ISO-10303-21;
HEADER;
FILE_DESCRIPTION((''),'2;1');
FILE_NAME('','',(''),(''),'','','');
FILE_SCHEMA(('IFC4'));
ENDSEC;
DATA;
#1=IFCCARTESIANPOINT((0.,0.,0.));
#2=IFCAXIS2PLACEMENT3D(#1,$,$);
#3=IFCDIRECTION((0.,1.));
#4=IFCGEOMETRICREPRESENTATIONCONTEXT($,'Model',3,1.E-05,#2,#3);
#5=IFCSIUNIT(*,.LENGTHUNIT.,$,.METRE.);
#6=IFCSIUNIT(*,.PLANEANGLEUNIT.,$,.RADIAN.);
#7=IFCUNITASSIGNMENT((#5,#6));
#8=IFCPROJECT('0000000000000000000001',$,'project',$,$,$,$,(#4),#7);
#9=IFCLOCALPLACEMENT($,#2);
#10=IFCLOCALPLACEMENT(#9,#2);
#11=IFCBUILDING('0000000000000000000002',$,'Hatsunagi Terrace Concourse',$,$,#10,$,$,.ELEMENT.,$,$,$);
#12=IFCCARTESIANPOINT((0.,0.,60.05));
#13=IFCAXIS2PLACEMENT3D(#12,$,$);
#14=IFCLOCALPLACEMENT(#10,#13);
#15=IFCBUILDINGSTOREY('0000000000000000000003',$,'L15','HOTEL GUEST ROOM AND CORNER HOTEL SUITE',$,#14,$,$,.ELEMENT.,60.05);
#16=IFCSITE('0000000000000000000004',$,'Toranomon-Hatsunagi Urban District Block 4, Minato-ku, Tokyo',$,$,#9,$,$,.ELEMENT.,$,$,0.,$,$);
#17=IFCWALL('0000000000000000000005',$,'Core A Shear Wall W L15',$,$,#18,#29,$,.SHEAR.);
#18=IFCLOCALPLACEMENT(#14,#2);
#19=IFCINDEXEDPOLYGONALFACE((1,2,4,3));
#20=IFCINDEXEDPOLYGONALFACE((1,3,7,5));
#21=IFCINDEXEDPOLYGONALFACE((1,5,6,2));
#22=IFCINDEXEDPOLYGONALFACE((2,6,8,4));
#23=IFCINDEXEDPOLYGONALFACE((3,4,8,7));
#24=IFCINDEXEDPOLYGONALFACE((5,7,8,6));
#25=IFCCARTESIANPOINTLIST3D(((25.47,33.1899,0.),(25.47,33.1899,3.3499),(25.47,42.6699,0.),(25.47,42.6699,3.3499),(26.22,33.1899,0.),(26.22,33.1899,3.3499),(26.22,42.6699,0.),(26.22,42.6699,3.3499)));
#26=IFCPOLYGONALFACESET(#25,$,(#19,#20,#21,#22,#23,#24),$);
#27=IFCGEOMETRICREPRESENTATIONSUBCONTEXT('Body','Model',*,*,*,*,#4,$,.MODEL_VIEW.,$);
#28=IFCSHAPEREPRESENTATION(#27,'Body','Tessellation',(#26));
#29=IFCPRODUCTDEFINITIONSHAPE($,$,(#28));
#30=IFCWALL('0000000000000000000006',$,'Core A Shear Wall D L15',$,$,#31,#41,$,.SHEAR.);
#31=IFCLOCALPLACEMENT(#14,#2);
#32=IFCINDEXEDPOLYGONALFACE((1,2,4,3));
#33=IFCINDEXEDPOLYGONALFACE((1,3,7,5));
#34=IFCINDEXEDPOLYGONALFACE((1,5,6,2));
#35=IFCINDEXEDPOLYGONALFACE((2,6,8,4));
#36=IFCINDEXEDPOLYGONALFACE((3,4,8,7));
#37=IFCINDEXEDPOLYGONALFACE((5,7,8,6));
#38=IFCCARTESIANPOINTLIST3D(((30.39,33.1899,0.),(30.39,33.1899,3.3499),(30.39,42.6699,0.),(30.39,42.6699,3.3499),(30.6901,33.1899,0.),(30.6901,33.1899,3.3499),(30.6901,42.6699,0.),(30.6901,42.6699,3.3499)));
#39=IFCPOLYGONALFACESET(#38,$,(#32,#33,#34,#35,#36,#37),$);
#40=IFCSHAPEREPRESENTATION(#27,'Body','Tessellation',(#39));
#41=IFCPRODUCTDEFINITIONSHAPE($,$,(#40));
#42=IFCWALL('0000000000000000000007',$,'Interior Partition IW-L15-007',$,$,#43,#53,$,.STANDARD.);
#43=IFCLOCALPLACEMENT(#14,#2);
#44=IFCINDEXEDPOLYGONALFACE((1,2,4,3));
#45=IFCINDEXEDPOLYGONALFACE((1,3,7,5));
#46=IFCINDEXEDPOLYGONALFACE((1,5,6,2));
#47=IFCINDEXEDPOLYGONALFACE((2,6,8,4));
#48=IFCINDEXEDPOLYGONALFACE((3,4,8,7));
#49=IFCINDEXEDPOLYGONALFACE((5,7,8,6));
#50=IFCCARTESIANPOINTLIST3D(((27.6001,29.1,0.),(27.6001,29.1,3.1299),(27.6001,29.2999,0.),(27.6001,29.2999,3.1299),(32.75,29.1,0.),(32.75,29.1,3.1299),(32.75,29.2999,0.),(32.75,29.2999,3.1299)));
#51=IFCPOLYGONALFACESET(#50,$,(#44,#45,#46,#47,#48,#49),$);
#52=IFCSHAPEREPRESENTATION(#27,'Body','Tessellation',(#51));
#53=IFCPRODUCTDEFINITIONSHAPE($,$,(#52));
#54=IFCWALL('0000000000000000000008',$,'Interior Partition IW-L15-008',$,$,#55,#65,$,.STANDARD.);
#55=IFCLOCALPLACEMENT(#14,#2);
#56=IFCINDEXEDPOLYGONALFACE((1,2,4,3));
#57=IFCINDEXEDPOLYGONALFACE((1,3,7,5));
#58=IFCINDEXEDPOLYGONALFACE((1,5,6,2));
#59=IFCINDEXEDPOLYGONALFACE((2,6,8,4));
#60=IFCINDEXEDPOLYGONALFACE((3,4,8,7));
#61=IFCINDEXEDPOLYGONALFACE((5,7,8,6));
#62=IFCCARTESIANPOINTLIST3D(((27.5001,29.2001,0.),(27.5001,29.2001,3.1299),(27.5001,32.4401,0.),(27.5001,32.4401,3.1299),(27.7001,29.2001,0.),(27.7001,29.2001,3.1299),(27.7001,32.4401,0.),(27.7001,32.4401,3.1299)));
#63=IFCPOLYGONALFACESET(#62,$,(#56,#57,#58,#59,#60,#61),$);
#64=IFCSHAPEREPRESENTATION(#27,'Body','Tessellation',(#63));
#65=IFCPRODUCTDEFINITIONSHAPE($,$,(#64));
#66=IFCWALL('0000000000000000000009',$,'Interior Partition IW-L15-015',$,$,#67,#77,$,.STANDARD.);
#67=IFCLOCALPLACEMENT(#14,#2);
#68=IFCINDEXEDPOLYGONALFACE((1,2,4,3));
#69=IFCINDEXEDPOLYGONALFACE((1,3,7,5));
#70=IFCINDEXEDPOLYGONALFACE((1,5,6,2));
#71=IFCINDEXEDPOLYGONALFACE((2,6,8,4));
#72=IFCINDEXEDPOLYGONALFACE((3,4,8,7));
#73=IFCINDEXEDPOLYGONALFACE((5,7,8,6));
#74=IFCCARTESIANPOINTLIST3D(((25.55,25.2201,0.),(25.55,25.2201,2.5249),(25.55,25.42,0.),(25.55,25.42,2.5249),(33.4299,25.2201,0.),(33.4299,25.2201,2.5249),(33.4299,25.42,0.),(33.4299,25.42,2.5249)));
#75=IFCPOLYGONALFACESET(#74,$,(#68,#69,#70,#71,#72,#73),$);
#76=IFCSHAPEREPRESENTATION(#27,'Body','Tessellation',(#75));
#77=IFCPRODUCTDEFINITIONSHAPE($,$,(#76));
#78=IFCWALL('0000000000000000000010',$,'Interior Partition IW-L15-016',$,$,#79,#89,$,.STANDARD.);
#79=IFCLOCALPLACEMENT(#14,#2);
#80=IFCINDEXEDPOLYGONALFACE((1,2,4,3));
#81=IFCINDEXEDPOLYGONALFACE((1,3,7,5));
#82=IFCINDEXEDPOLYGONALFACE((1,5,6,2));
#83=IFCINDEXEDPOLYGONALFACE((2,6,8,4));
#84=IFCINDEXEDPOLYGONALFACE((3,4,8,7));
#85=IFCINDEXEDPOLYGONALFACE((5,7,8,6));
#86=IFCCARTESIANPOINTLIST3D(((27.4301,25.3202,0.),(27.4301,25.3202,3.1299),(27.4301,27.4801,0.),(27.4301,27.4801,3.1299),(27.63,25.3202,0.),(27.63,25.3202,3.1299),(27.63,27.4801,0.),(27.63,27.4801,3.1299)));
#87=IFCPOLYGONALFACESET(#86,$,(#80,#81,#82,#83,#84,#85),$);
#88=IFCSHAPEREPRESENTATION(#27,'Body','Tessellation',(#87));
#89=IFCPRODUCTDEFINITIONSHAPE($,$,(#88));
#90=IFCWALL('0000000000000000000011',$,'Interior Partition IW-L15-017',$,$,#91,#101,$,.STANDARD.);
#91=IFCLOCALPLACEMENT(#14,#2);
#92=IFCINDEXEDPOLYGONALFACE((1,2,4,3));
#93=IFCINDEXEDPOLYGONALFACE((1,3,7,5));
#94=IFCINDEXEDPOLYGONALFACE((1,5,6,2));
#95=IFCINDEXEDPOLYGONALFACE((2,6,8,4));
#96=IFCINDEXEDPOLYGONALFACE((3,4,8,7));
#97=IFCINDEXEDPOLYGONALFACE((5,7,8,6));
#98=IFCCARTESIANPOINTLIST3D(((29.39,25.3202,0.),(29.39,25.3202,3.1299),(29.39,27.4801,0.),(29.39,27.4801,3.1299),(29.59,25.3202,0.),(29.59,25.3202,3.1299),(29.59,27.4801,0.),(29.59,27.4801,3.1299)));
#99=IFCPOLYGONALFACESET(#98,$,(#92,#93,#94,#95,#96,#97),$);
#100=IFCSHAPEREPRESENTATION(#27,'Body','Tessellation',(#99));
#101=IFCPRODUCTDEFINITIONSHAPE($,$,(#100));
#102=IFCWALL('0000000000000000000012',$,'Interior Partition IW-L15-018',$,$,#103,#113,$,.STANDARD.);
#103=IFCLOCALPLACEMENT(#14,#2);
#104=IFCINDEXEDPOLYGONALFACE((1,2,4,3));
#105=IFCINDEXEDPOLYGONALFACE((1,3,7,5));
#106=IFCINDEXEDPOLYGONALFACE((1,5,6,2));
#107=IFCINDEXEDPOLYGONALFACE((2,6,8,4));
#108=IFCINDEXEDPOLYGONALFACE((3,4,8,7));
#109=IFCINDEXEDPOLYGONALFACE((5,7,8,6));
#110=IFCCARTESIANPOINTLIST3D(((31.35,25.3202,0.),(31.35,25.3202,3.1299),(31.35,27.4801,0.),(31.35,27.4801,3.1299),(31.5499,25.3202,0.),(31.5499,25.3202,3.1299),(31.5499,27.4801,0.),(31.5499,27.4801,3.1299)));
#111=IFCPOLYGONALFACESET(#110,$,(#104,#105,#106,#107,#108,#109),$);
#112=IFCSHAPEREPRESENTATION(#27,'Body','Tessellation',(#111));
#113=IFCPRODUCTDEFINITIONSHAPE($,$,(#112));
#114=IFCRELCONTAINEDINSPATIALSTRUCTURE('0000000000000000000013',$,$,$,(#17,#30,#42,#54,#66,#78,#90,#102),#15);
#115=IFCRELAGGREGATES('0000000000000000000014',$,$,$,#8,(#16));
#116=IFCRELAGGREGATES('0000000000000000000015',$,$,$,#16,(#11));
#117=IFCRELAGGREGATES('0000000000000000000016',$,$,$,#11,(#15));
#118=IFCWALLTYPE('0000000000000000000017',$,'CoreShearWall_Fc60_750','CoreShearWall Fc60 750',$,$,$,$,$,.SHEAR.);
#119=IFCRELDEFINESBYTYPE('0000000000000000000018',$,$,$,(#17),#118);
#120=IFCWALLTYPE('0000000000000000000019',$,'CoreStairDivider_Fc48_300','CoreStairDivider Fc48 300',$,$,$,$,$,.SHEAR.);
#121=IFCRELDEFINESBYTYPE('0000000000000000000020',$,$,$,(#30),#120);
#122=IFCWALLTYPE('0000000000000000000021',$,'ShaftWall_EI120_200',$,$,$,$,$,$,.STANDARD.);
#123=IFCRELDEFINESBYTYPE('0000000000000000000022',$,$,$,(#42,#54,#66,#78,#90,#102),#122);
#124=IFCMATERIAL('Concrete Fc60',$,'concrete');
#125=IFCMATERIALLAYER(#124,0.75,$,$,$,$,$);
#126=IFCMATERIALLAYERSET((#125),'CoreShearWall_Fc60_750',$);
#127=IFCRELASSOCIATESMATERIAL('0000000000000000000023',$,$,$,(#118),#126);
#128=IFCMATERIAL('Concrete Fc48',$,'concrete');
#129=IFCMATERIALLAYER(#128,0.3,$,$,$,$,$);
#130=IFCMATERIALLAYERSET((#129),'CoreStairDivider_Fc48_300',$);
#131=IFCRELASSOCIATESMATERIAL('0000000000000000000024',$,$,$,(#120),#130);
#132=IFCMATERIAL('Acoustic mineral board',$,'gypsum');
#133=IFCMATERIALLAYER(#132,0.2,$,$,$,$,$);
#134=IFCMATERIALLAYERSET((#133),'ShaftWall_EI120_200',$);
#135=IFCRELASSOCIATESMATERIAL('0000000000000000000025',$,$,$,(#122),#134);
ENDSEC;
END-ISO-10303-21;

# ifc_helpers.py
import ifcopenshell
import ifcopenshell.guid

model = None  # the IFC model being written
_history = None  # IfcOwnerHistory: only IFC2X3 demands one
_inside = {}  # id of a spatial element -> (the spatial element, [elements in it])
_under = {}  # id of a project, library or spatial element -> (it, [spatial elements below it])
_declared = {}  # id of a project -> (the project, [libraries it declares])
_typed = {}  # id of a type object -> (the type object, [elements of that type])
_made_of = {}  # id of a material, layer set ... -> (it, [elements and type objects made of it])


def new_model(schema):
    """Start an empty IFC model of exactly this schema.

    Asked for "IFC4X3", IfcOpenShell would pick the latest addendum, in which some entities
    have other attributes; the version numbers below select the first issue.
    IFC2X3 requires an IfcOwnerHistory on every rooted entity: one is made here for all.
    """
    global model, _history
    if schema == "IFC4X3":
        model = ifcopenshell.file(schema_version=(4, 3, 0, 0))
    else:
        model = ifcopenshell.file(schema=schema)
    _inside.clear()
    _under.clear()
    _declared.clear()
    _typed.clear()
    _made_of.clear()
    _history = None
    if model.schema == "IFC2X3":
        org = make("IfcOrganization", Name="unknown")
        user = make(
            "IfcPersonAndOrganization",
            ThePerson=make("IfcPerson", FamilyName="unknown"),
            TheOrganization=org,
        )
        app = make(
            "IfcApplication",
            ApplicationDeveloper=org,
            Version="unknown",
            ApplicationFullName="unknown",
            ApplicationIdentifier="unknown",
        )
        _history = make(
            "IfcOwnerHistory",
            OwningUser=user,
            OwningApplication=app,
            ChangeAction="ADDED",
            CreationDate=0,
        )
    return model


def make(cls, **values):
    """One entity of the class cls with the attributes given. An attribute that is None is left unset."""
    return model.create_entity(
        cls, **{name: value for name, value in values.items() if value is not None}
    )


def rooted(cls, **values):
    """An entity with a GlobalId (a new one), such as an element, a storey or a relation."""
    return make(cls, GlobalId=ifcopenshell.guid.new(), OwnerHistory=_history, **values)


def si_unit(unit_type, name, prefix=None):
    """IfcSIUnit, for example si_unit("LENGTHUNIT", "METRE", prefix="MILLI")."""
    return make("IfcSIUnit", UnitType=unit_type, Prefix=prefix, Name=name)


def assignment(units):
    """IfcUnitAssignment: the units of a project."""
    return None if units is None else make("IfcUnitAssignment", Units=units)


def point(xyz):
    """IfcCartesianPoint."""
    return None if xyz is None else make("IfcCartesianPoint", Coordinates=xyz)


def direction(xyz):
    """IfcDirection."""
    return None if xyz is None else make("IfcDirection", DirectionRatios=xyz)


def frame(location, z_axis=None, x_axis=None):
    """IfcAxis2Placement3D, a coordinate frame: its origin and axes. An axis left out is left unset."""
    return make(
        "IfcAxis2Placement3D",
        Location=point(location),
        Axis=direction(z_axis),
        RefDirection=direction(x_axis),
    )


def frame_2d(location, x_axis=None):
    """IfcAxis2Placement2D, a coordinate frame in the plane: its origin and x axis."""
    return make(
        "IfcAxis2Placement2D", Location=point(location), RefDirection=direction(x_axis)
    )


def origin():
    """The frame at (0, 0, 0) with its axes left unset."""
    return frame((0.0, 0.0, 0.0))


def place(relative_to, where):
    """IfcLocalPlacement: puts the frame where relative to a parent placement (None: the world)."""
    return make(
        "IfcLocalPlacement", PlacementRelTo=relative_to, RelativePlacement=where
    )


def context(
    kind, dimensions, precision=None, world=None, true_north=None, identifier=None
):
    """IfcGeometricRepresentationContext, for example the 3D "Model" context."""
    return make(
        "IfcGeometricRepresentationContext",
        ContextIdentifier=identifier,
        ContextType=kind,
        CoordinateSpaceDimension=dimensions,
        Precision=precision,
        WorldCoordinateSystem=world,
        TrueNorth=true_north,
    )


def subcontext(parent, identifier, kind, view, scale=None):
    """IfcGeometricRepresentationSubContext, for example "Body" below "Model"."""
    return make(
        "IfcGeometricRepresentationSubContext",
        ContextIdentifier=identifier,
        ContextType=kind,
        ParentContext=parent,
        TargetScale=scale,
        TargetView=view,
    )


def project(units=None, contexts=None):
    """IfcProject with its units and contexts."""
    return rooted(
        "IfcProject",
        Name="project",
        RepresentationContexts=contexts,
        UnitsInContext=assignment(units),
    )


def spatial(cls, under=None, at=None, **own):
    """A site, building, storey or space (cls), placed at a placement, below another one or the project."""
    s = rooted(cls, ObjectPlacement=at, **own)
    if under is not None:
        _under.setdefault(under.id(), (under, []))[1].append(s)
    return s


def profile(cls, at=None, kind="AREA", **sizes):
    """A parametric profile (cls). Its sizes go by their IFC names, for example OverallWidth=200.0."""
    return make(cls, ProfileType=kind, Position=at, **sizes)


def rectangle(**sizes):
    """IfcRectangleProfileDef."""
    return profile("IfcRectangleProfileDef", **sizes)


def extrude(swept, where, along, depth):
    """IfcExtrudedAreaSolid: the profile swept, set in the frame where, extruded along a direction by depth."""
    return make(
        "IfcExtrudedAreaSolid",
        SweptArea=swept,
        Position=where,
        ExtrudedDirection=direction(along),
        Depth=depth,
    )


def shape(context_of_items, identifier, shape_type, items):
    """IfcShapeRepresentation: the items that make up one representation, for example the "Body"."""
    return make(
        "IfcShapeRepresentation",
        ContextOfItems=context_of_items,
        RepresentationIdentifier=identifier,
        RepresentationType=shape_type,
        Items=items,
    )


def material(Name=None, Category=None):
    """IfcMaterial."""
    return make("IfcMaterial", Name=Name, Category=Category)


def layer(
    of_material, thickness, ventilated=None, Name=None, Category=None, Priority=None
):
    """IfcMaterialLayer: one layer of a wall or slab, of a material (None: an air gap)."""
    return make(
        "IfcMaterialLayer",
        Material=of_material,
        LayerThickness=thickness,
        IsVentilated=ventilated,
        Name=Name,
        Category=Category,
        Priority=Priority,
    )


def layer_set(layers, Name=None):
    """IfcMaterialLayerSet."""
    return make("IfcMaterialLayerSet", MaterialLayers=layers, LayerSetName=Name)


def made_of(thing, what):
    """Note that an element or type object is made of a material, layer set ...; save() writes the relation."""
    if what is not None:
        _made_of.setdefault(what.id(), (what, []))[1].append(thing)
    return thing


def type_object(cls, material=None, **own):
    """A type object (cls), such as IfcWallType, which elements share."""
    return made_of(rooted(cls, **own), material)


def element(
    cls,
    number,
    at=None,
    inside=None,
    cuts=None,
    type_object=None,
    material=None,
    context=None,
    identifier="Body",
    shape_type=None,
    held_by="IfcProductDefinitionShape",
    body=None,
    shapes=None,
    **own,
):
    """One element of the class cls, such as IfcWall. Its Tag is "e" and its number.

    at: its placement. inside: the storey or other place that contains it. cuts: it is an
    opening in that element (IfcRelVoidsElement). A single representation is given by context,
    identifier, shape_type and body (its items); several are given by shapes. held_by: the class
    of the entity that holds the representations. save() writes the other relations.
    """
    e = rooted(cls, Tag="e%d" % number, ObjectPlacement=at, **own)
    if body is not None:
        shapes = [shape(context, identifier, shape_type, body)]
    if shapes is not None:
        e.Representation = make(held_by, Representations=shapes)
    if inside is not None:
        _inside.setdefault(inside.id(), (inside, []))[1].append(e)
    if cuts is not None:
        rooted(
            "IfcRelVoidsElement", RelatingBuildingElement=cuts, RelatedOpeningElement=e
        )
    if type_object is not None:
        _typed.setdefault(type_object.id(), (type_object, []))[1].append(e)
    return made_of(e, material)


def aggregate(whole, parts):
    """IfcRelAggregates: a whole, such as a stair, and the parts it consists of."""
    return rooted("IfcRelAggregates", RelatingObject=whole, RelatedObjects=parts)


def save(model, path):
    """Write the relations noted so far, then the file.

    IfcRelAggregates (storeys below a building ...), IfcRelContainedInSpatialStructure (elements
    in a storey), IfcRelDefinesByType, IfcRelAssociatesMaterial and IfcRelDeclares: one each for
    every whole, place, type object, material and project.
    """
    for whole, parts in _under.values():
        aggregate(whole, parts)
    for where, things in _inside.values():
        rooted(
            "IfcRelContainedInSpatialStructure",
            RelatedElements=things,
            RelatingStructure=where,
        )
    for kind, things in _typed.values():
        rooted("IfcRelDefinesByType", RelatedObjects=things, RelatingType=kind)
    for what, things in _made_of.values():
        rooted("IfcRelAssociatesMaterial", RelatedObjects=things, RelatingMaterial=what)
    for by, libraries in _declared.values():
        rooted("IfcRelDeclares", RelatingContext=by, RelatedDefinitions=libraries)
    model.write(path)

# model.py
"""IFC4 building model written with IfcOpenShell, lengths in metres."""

from ifc_helpers import new_model, si_unit, direction, frame, frame_2d, origin, place, context, subcontext, project, spatial, rectangle, extrude, material, layer, layer_set, type_object, element, save


model = new_model("IFC4")

# Units and contexts
model_context = context("Model", 3, precision=1e-05, world=origin(), true_north=direction((0.0, 1.0)))
body_context = subcontext(model_context, "Body", "Model", "MODEL_VIEW")
ifc_project = project(units=[si_unit("LENGTHUNIT", "METRE"), si_unit("PLANEANGLEUNIT", "RADIAN")], contexts=[model_context])

# Site, building, storey
site_placement = place(None, origin())
site = spatial("IfcSite", under=ifc_project, at=site_placement, Name="Toranomon-Hatsunagi Urban District Block 4, Minato-ku, Tokyo", CompositionType="ELEMENT", RefElevation=0.0)
building_placement = place(site_placement, origin())
building = spatial("IfcBuilding", under=site, at=building_placement, Name="Hatsunagi Terrace Concourse", CompositionType="ELEMENT")
storey_placement = place(building_placement, frame((0.0, 0.0, 60.05)))
storey = spatial("IfcBuildingStorey", under=building, at=storey_placement, Name="L15", Description="HOTEL GUEST ROOM AND CORNER HOTEL SUITE", CompositionType="ELEMENT", Elevation=60.05)

# Walls
ifc_material_1 = material(Name="Concrete Fc60", Category="concrete")
ifc_layer_1 = layer(ifc_material_1, 0.75)
ifc_layer_set_1 = layer_set([ifc_layer_1], Name="CoreShearWall_Fc60_750")
wall_type_1 = type_object("IfcWallType", Name="CoreShearWall_Fc60_750", Description="CoreShearWall Fc60 750", PredefinedType="SHEAR", material=ifc_layer_set_1)
wall_1_placement = place(storey_placement, frame((25.845, 33.1899, 0.0), z_axis=(0.0, 0.0, 1.0), x_axis=(0.0, 1.0, 0.0)))
element("IfcWall", 1, at=wall_1_placement, inside=storey, type_object=wall_type_1, Name="Core A Shear Wall W L15", PredefinedType="SHEAR", context=body_context, shape_type="SweptSolid", body=[
    extrude(rectangle(XDim=9.48, YDim=0.75, at=frame_2d((4.74, 0.0))), origin(), (0.0, 0.0, 1.0), 3.3499),
])
ifc_material_2 = material(Name="Concrete Fc48", Category="concrete")
ifc_layer_2 = layer(ifc_material_2, 0.3)
ifc_layer_set_2 = layer_set([ifc_layer_2], Name="CoreStairDivider_Fc48_300")
wall_type_2 = type_object("IfcWallType", Name="CoreStairDivider_Fc48_300", Description="CoreStairDivider Fc48 300", PredefinedType="SHEAR", material=ifc_layer_set_2)
wall_2_placement = place(storey_placement, frame((30.54, 33.1899, 0.0), z_axis=(0.0, 0.0, 1.0), x_axis=(0.0, 1.0, 0.0)))
element("IfcWall", 2, at=wall_2_placement, inside=storey, type_object=wall_type_2, Name="Core A Shear Wall D L15", PredefinedType="SHEAR", context=body_context, shape_type="SweptSolid", body=[
    extrude(rectangle(XDim=9.48, YDim=0.3, at=frame_2d((4.74, 0.0))), origin(), (0.0, 0.0, 1.0), 3.3499),
])
ifc_material_3 = material(Name="Acoustic mineral board", Category="gypsum")
ifc_layer_3 = layer(ifc_material_3, 0.2)
ifc_layer_set_3 = layer_set([ifc_layer_3], Name="ShaftWall_EI120_200")
wall_type_3 = type_object("IfcWallType", Name="ShaftWall_EI120_200", PredefinedType="STANDARD", material=ifc_layer_set_3)
wall_3_placement = place(storey_placement, frame((27.6001, 29.2, 0.0), z_axis=(0.0, 0.0, 1.0), x_axis=(1.0, 0.0, 0.0)))
element("IfcWall", 3, at=wall_3_placement, inside=storey, type_object=wall_type_3, Name="Interior Partition IW-L15-007", PredefinedType="STANDARD", context=body_context, shape_type="SweptSolid", body=[
    extrude(rectangle(XDim=5.1499, YDim=0.2, at=frame_2d((2.575, 0.0))), origin(), (0.0, 0.0, 1.0), 3.1299),
])
wall_4_placement = place(storey_placement, frame((27.6001, 29.2, 0.0), z_axis=(0.0, 0.0, 1.0), x_axis=(0.0, 1.0, 0.0)))
element("IfcWall", 4, at=wall_4_placement, inside=storey, type_object=wall_type_3, Name="Interior Partition IW-L15-008", PredefinedType="STANDARD", context=body_context, shape_type="SweptSolid", body=[
    extrude(rectangle(XDim=3.24, YDim=0.2, at=frame_2d((1.6201, 0.0))), origin(), (0.0, 0.0, 1.0), 3.1299),
])
wall_5_placement = place(storey_placement, frame((25.55, 25.3201, 0.0), z_axis=(0.0, 0.0, 1.0), x_axis=(1.0, 0.0, 0.0)))
element("IfcWall", 5, at=wall_5_placement, inside=storey, type_object=wall_type_3, Name="Interior Partition IW-L15-015", PredefinedType="STANDARD", context=body_context, shape_type="SweptSolid", body=[
    extrude(rectangle(XDim=7.8799, YDim=0.2, at=frame_2d((3.9399, 0.0))), origin(), (0.0, 0.0, 1.0), 2.5249),
])
for number, where, z_axis, x_axis, name in (
    (6, (27.53, 25.3201, 0.0), (0.0, 0.0, 1.0), (0.0, 1.0, 0.0), "Interior Partition IW-L15-016"),
    (7, (29.49, 25.3201, 0.0), (0.0, 0.0, 1.0), (0.0, 1.0, 0.0), "Interior Partition IW-L15-017"),
    (8, (31.45, 25.3201, 0.0), (0.0, 0.0, 1.0), (0.0, 1.0, 0.0), "Interior Partition IW-L15-018"),
):
    element("IfcWall", number, at=place(storey_placement, frame(where, z_axis=z_axis, x_axis=x_axis)), inside=storey, type_object=wall_type_3, Name=name, PredefinedType="STANDARD", context=body_context, shape_type="SweptSolid", body=[
        extrude(rectangle(XDim=2.1599, YDim=0.2, at=frame_2d((1.0801, 0.0))), origin(), (0.0, 0.0, 1.0), 3.1299),
    ])

save(model, "model.ifc")
